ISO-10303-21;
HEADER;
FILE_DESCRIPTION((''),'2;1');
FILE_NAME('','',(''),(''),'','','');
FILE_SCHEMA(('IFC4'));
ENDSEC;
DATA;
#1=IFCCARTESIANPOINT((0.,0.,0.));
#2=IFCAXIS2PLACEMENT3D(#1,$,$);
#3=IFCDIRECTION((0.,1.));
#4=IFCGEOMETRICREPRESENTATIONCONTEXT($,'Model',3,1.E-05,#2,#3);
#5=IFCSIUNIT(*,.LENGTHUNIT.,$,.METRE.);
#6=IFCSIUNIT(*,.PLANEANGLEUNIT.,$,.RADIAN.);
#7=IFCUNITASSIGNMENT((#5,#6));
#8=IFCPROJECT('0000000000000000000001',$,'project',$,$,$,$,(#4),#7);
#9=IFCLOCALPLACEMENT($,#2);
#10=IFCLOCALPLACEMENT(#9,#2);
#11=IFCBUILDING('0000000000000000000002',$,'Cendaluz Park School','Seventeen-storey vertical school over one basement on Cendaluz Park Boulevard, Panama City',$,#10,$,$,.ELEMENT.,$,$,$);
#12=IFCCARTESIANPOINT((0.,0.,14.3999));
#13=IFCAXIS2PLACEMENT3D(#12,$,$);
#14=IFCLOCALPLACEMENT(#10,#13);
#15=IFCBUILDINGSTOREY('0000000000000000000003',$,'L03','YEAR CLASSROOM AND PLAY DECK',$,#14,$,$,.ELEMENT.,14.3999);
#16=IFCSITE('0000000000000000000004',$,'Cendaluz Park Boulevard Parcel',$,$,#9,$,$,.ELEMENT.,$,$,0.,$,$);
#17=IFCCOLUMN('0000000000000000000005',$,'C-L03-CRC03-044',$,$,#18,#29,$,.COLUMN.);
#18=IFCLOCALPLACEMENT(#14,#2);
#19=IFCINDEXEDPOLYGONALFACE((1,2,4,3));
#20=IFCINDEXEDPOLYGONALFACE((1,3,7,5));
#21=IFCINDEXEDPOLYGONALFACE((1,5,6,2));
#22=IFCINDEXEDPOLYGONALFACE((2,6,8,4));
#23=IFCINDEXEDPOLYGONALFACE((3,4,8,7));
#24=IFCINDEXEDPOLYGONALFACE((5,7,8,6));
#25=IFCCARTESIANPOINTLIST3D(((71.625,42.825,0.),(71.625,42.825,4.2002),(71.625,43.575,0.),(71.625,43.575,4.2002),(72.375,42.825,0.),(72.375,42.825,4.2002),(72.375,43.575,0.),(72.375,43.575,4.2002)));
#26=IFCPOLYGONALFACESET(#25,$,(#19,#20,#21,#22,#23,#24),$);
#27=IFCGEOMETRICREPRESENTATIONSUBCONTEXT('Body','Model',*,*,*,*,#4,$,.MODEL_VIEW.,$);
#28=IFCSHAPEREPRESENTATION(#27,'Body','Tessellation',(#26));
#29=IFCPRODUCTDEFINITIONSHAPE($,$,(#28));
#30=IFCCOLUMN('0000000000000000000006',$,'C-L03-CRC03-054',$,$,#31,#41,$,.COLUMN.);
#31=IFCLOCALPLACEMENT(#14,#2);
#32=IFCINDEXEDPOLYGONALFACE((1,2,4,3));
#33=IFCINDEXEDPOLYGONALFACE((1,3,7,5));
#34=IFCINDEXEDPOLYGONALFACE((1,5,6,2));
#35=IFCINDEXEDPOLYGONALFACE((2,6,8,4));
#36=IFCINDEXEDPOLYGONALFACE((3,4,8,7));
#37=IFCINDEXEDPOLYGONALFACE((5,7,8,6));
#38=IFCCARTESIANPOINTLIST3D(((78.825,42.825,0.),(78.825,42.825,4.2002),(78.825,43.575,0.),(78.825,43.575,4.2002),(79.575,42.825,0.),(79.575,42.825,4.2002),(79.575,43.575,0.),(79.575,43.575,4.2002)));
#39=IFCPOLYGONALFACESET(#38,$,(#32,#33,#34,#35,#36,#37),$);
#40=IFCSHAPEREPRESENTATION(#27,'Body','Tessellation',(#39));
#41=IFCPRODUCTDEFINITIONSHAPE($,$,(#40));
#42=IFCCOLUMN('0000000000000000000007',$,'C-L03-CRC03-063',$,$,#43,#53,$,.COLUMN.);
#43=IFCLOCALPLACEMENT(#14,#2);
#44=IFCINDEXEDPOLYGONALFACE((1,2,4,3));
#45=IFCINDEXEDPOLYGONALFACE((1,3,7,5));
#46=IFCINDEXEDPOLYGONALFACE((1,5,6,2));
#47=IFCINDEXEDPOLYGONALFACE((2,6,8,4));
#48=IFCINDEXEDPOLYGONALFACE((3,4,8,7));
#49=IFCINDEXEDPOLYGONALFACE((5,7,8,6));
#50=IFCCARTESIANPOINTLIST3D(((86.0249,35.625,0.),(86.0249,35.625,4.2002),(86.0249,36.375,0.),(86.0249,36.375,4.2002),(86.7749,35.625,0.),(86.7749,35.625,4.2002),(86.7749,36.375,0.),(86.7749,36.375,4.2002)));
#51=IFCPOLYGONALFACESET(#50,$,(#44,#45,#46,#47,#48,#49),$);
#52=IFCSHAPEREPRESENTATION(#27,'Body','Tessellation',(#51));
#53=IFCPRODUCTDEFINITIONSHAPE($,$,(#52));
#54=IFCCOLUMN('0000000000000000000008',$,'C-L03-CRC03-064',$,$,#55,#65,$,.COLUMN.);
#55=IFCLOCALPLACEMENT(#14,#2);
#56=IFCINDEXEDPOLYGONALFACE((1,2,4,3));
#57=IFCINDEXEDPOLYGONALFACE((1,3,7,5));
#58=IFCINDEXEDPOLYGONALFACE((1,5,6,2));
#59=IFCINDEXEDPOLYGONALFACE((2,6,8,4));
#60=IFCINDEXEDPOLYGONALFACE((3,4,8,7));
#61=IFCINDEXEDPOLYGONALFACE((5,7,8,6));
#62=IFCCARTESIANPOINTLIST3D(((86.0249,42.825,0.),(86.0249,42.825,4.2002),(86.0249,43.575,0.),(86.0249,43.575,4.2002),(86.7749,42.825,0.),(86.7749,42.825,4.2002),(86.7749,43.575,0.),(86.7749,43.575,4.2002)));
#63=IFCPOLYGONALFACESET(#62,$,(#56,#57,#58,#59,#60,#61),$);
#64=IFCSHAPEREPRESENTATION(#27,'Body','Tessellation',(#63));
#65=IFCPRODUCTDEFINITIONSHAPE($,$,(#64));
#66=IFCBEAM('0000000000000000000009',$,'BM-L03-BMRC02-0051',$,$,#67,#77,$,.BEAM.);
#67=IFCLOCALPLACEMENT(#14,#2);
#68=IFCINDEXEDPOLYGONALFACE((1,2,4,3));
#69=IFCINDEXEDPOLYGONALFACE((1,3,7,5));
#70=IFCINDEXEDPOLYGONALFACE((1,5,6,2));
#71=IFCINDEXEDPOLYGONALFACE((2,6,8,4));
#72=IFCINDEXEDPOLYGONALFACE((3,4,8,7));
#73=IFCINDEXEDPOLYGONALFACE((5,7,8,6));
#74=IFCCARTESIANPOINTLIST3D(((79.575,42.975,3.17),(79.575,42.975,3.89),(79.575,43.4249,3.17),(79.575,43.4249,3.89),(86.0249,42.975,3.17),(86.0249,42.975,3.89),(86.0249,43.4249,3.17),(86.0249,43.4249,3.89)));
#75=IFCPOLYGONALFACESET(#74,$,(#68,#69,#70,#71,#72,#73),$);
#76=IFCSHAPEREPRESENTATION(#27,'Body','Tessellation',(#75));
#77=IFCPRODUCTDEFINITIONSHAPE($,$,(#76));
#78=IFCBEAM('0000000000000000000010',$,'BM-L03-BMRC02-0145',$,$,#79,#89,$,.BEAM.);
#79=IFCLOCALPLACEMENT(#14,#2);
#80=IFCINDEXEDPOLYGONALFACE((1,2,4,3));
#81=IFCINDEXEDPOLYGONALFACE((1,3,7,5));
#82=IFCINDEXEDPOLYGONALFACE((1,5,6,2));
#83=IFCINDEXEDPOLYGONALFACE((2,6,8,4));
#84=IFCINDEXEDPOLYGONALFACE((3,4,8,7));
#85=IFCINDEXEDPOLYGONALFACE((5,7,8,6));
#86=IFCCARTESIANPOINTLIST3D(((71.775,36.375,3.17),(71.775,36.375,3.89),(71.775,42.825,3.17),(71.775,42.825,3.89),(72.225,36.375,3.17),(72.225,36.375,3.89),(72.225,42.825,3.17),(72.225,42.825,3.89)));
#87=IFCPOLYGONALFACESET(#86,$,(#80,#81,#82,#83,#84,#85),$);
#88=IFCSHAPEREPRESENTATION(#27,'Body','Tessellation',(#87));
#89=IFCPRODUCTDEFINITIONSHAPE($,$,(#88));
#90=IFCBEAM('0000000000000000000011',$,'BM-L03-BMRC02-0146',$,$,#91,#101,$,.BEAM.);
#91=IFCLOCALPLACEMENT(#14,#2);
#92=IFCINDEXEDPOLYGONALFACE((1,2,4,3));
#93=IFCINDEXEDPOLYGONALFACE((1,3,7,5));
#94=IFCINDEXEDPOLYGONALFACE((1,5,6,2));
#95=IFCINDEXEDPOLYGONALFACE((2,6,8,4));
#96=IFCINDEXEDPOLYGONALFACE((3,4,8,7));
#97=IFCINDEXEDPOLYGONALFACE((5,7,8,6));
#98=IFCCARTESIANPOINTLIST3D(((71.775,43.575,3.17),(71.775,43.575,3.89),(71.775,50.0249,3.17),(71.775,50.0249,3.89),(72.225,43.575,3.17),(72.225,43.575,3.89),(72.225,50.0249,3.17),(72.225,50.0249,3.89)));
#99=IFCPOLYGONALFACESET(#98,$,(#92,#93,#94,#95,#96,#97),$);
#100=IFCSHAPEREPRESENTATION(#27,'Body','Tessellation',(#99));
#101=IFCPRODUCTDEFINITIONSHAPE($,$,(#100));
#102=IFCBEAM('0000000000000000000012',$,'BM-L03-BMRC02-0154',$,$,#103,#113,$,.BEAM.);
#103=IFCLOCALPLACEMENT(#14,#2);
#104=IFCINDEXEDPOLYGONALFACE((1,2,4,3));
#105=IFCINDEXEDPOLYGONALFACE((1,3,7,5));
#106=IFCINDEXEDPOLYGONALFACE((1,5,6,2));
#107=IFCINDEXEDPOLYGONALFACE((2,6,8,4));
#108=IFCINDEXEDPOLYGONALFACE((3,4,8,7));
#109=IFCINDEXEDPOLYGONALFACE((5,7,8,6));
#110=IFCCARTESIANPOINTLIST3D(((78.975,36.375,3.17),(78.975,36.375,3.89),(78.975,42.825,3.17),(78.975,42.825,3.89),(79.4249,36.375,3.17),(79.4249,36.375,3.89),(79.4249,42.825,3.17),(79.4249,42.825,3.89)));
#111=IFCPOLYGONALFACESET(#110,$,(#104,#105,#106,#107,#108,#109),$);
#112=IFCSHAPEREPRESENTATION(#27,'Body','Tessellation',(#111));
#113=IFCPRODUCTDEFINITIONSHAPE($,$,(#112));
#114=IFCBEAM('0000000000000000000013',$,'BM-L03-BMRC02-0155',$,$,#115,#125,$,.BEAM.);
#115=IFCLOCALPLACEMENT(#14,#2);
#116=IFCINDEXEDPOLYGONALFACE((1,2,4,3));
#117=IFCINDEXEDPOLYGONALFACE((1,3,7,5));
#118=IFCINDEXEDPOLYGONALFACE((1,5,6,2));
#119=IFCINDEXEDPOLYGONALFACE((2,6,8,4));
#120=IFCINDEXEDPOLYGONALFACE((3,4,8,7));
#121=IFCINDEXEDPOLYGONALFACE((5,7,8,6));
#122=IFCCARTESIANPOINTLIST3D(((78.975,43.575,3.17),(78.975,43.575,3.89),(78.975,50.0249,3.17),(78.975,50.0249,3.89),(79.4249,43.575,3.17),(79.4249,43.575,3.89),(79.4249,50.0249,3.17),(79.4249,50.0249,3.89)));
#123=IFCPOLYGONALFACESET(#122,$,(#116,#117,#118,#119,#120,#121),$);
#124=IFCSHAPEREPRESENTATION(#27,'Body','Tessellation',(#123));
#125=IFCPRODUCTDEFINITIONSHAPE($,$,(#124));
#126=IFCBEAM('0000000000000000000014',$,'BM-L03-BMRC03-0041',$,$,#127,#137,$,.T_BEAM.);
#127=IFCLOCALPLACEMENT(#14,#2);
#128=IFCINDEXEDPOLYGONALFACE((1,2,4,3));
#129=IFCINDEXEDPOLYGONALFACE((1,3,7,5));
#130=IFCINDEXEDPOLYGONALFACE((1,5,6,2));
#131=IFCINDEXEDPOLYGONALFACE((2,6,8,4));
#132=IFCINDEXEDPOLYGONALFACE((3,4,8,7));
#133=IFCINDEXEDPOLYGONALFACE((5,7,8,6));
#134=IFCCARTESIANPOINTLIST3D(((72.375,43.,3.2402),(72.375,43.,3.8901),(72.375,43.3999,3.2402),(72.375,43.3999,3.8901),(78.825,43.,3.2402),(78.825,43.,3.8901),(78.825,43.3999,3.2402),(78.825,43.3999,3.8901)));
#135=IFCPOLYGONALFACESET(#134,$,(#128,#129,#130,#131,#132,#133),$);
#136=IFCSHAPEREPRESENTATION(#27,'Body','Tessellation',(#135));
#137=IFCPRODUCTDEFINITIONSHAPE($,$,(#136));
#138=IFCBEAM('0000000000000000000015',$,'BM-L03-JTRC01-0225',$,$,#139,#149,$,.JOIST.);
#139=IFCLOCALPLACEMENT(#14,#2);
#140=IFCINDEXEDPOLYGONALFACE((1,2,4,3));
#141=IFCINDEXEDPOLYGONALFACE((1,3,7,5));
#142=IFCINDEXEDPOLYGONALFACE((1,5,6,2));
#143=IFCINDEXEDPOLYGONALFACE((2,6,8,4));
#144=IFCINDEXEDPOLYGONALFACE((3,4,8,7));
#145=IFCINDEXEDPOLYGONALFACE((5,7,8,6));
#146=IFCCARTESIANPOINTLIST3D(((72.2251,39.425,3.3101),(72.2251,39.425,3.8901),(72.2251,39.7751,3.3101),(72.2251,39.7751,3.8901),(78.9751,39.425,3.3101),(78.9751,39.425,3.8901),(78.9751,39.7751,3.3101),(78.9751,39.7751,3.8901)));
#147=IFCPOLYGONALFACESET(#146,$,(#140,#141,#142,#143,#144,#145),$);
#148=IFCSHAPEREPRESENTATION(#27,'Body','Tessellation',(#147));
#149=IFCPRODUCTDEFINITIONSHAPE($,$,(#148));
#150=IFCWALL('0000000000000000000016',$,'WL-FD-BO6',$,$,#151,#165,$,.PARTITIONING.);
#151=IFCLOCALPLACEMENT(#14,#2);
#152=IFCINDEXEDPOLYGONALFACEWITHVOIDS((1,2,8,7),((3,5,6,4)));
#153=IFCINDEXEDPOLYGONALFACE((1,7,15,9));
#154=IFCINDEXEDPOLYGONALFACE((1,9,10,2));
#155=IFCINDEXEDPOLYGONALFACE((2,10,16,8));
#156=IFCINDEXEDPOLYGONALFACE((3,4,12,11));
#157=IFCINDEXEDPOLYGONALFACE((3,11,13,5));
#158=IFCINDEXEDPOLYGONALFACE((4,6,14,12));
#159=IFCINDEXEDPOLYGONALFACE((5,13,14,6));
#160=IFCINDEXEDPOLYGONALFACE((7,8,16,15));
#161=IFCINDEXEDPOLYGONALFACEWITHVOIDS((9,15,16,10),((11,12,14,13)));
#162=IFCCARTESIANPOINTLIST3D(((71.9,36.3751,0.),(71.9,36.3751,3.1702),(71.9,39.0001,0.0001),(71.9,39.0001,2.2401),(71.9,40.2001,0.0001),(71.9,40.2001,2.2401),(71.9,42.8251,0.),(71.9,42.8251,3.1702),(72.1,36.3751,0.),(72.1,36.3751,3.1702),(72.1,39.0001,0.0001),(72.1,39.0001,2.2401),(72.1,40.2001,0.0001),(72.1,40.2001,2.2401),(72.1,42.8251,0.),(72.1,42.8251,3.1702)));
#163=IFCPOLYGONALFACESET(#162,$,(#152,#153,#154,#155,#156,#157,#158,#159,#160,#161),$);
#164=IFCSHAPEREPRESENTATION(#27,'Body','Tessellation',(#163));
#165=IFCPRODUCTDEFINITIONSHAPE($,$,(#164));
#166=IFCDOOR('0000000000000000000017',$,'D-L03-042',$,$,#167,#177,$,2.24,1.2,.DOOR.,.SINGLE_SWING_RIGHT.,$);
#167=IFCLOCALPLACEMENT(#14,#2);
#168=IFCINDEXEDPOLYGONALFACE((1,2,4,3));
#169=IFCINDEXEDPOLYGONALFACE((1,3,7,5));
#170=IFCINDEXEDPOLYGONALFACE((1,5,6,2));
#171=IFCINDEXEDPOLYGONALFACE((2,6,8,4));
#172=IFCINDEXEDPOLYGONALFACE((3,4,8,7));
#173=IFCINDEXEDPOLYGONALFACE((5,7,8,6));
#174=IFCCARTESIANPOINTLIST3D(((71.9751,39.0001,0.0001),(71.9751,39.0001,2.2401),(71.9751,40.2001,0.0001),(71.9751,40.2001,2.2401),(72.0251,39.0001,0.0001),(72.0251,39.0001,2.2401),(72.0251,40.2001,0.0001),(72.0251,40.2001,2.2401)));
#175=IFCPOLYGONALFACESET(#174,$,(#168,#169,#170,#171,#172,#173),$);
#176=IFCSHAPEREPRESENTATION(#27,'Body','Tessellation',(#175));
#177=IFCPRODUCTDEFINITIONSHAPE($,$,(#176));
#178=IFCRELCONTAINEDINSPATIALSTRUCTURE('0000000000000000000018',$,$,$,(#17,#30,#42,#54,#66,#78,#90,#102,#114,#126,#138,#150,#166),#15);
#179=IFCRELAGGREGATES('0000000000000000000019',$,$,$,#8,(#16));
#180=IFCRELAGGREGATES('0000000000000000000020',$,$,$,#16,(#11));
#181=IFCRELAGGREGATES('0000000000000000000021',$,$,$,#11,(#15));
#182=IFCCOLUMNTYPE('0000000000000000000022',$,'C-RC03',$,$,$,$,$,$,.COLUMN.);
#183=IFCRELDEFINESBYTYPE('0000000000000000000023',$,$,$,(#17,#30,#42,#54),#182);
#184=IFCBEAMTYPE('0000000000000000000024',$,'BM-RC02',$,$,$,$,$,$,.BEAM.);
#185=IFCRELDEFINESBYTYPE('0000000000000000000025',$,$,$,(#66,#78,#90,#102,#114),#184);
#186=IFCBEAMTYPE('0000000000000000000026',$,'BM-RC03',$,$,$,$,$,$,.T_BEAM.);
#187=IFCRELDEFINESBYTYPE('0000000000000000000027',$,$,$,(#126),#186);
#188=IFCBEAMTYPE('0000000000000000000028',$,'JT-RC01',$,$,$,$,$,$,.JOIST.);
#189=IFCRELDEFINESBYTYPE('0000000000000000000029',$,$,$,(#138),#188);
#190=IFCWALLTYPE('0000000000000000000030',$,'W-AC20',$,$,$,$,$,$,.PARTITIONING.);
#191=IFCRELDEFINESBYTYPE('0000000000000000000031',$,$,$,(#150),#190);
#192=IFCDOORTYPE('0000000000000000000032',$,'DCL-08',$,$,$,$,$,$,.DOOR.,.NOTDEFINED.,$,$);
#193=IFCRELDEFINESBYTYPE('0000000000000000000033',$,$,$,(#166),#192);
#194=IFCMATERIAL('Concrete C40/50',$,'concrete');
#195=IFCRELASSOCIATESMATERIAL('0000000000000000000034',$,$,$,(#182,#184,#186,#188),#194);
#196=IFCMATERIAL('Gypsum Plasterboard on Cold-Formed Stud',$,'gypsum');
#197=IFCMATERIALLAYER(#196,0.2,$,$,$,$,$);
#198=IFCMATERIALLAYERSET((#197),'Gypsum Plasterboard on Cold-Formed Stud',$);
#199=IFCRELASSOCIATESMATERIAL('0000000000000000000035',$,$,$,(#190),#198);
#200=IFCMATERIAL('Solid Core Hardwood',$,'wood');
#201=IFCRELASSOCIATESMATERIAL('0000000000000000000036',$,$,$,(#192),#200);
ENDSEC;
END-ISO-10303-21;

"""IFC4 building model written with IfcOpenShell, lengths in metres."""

from ifc_helpers import new_model, si_unit, direction, frame, frame_2d, origin, origin_2d, place, context, subcontext, project, spatial, rectangle, extrude, material, layer, layer_set, material_profile, profile_set, type_object, element, fill, save


model = new_model("IFC4")

# Units and contexts
model_context = context("Model", 3, precision=1e-05, world=origin(), true_north=direction((0.0, 1.0)))
body_context = subcontext(model_context, "Body", "Model", "MODEL_VIEW")
ifc_project = project(units=[si_unit("LENGTHUNIT", "METRE"), si_unit("PLANEANGLEUNIT", "RADIAN")], contexts=[model_context])

# Site, building, storey
site_placement = place(None, origin())
site = spatial("IfcSite", under=ifc_project, at=site_placement, Name="Cendaluz Park Boulevard Parcel", CompositionType="ELEMENT", RefElevation=0.0)
building_placement = place(site_placement, origin())
building = spatial("IfcBuilding", under=site, at=building_placement, Name="Cendaluz Park School", Description="Seventeen-storey vertical school over one basement on Cendaluz Park Boulevard, Panama City", CompositionType="ELEMENT")
storey_placement = place(building_placement, frame((0.0, 0.0, 14.3999)))
storey = spatial("IfcBuildingStorey", under=building, at=storey_placement, Name="L03", Description="YEAR CLASSROOM AND PLAY DECK", CompositionType="ELEMENT", Elevation=14.3999)

# Columns
ifc_material_1 = material(Name="Concrete C40/50", Category="concrete")
ifc_material_profile_1 = material_profile(ifc_material_1, rectangle(XDim=0.75, YDim=0.75, at=origin_2d()), Name="RC 750x750", Category="concrete")
ifc_profile_set_1 = profile_set([ifc_material_profile_1], Name="Concrete C40/50")
column_type = type_object("IfcColumnType", Name="C-RC03", PredefinedType="COLUMN", material=ifc_profile_set_1)
for number, where, z_axis, x_axis, name in (
    (1, (72.0, 43.2, 0.0), (0.0, 0.0, 1.0), (1.0, 0.0, 0.0), "C-L03-CRC03-044"),
    (2, (79.2, 43.2, 0.0), (0.0, 0.0, 1.0), (1.0, 0.0, 0.0), "C-L03-CRC03-054"),
    (3, (86.3999, 36.0, 0.0), (0.0, 0.0, 1.0), (1.0, 0.0, 0.0), "C-L03-CRC03-063"),
    (4, (86.3999, 43.2, 0.0), (0.0, 0.0, 1.0), (1.0, 0.0, 0.0), "C-L03-CRC03-064"),
):
    element("IfcColumn", number, at=place(storey_placement, frame(where, z_axis=z_axis, x_axis=x_axis)), inside=storey, type_object=column_type, Name=name, PredefinedType="COLUMN", context=body_context, shape_type="SweptSolid", body=[
        extrude(rectangle(XDim=0.75, YDim=0.75, at=origin_2d()), origin(), (0.0, 0.0, 1.0), 4.2002),
    ])

# Beams
ifc_material_profile_2 = material_profile(ifc_material_1, rectangle(XDim=0.45, YDim=0.72, at=origin_2d()), Name="RC 450x720", Category="concrete")
ifc_profile_set_2 = profile_set([ifc_material_profile_2], Name="Concrete C40/50")
beam_type_1 = type_object("IfcBeamType", Name="BM-RC02", PredefinedType="BEAM", material=ifc_profile_set_2)
for number, where, z_axis, x_axis, name in (
    (5, (79.575, 43.2, 3.53), (1.0, 0.0, 0.0), (0.0, 1.0, 0.0), "BM-L03-BMRC02-0051"),
    (6, (72.0, 36.375, 3.53), (0.0, 1.0, 0.0), (-1.0, 0.0, 0.0), "BM-L03-BMRC02-0145"),
    (7, (72.0, 43.575, 3.53), (0.0, 1.0, 0.0), (-1.0, 0.0, 0.0), "BM-L03-BMRC02-0146"),
    (8, (79.2, 36.375, 3.53), (0.0, 1.0, 0.0), (-1.0, 0.0, 0.0), "BM-L03-BMRC02-0154"),
    (9, (79.2, 43.575, 3.53), (0.0, 1.0, 0.0), (-1.0, 0.0, 0.0), "BM-L03-BMRC02-0155"),
):
    element("IfcBeam", number, at=place(storey_placement, frame(where, z_axis=z_axis, x_axis=x_axis)), inside=storey, type_object=beam_type_1, Name=name, PredefinedType="BEAM", context=body_context, shape_type="SweptSolid", body=[
        extrude(rectangle(XDim=0.45, YDim=0.72, at=origin_2d()), origin(), (0.0, 0.0, 1.0), 6.45),
    ])
ifc_material_profile_3 = material_profile(ifc_material_1, rectangle(XDim=0.3999, YDim=0.6499, at=origin_2d()), Name="RC 400x650", Category="concrete")
ifc_profile_set_3 = profile_set([ifc_material_profile_3], Name="Concrete C40/50")
beam_type_2 = type_object("IfcBeamType", Name="BM-RC03", PredefinedType="T_BEAM", material=ifc_profile_set_3)
beam_1_placement = place(storey_placement, frame((72.375, 43.2, 3.5652), z_axis=(1.0, 0.0, 0.0), x_axis=(0.0, 1.0, 0.0)))
element("IfcBeam", 10, at=beam_1_placement, inside=storey, type_object=beam_type_2, Name="BM-L03-BMRC03-0041", PredefinedType="T_BEAM", context=body_context, shape_type="SweptSolid", body=[
    extrude(rectangle(XDim=0.3999, YDim=0.6499, at=origin_2d()), origin(), (0.0, 0.0, 1.0), 6.45),
])
ifc_material_profile_4 = material_profile(ifc_material_1, rectangle(XDim=0.3501, YDim=0.5801, at=origin_2d()), Name="RC 350x580", Category="concrete")
ifc_profile_set_4 = profile_set([ifc_material_profile_4], Name="Concrete C40/50")
beam_type_3 = type_object("IfcBeamType", Name="JT-RC01", PredefinedType="JOIST", material=ifc_profile_set_4)
beam_2_placement = place(storey_placement, frame((72.2251, 39.6001, 3.6001), z_axis=(1.0, 0.0, 0.0), x_axis=(0.0, 1.0, 0.0)))
element("IfcBeam", 11, at=beam_2_placement, inside=storey, type_object=beam_type_3, Name="BM-L03-JTRC01-0225", PredefinedType="JOIST", context=body_context, shape_type="SweptSolid", body=[
    extrude(rectangle(XDim=0.3501, YDim=0.5801, at=origin_2d()), origin(), (0.0, 0.0, 1.0), 6.75),
])

# Wall, opening, door
ifc_material_2 = material(Name="Gypsum Plasterboard on Cold-Formed Stud", Category="gypsum")
ifc_layer_1 = layer(ifc_material_2, 0.2)
ifc_layer_set_1 = layer_set([ifc_layer_1], Name="Gypsum Plasterboard on Cold-Formed Stud")
wall_type_1 = type_object("IfcWallType", Name="W-AC20", PredefinedType="PARTITIONING", material=ifc_layer_set_1)
wall_1_placement = place(storey_placement, frame((72.0, 36.375, 0.0), z_axis=(0.0, 0.0, 1.0), x_axis=(0.0, 1.0, 0.0)))
wall_1 = element("IfcWall", 12, at=wall_1_placement, inside=storey, type_object=wall_type_1, Name="WL-FD-BO6", PredefinedType="PARTITIONING", context=body_context, shape_type="SweptSolid", body=[
    extrude(rectangle(XDim=6.45, YDim=0.2, at=frame_2d((3.2251, 0.0))), origin(), (0.0, 0.0, 1.0), 3.1702),
])
opening_1_placement = place(wall_1_placement, frame((2.625, 0.0, 0.0)))
opening_1 = element("IfcOpeningElement", 13, at=opening_1_placement, cuts=wall_1, PredefinedType="OPENING", context=body_context, shape_type="SweptSolid", body=[
    extrude(rectangle(XDim=1.2, YDim=2.24, at=frame_2d((0.6001, 1.1201))), frame((0.0, 0.1121, 0.0), z_axis=(0.0, -1.0, 0.0), x_axis=(1.0, 0.0, 0.0)), (0.0, 0.0, 1.0), 0.2239),
])
ifc_material_3 = material(Name="Solid Core Hardwood", Category="wood")
door_type_1 = type_object("IfcDoorType", Name="DCL-08", OperationType="NOTDEFINED", PredefinedType="DOOR", material=ifc_material_3)
door_1_placement = place(opening_1_placement, origin())
door_1 = element("IfcDoor", 14, at=door_1_placement, inside=storey, type_object=door_type_1, Name="D-L03-042", OperationType="SINGLE_SWING_RIGHT", OverallHeight=2.24, OverallWidth=1.2, PredefinedType="DOOR", context=body_context, shape_type="SweptSolid", body=[
    extrude(rectangle(XDim=1.2, YDim=2.24, at=frame_2d((0.6001, 1.1201))), frame((0.0, 0.0249, 0.0), z_axis=(0.0, -1.0, 0.0), x_axis=(1.0, 0.0, 0.0)), (0.0, 0.0, 1.0), 0.05),
])
fill(opening_1, door_1)

save(model, "model.ifc")
